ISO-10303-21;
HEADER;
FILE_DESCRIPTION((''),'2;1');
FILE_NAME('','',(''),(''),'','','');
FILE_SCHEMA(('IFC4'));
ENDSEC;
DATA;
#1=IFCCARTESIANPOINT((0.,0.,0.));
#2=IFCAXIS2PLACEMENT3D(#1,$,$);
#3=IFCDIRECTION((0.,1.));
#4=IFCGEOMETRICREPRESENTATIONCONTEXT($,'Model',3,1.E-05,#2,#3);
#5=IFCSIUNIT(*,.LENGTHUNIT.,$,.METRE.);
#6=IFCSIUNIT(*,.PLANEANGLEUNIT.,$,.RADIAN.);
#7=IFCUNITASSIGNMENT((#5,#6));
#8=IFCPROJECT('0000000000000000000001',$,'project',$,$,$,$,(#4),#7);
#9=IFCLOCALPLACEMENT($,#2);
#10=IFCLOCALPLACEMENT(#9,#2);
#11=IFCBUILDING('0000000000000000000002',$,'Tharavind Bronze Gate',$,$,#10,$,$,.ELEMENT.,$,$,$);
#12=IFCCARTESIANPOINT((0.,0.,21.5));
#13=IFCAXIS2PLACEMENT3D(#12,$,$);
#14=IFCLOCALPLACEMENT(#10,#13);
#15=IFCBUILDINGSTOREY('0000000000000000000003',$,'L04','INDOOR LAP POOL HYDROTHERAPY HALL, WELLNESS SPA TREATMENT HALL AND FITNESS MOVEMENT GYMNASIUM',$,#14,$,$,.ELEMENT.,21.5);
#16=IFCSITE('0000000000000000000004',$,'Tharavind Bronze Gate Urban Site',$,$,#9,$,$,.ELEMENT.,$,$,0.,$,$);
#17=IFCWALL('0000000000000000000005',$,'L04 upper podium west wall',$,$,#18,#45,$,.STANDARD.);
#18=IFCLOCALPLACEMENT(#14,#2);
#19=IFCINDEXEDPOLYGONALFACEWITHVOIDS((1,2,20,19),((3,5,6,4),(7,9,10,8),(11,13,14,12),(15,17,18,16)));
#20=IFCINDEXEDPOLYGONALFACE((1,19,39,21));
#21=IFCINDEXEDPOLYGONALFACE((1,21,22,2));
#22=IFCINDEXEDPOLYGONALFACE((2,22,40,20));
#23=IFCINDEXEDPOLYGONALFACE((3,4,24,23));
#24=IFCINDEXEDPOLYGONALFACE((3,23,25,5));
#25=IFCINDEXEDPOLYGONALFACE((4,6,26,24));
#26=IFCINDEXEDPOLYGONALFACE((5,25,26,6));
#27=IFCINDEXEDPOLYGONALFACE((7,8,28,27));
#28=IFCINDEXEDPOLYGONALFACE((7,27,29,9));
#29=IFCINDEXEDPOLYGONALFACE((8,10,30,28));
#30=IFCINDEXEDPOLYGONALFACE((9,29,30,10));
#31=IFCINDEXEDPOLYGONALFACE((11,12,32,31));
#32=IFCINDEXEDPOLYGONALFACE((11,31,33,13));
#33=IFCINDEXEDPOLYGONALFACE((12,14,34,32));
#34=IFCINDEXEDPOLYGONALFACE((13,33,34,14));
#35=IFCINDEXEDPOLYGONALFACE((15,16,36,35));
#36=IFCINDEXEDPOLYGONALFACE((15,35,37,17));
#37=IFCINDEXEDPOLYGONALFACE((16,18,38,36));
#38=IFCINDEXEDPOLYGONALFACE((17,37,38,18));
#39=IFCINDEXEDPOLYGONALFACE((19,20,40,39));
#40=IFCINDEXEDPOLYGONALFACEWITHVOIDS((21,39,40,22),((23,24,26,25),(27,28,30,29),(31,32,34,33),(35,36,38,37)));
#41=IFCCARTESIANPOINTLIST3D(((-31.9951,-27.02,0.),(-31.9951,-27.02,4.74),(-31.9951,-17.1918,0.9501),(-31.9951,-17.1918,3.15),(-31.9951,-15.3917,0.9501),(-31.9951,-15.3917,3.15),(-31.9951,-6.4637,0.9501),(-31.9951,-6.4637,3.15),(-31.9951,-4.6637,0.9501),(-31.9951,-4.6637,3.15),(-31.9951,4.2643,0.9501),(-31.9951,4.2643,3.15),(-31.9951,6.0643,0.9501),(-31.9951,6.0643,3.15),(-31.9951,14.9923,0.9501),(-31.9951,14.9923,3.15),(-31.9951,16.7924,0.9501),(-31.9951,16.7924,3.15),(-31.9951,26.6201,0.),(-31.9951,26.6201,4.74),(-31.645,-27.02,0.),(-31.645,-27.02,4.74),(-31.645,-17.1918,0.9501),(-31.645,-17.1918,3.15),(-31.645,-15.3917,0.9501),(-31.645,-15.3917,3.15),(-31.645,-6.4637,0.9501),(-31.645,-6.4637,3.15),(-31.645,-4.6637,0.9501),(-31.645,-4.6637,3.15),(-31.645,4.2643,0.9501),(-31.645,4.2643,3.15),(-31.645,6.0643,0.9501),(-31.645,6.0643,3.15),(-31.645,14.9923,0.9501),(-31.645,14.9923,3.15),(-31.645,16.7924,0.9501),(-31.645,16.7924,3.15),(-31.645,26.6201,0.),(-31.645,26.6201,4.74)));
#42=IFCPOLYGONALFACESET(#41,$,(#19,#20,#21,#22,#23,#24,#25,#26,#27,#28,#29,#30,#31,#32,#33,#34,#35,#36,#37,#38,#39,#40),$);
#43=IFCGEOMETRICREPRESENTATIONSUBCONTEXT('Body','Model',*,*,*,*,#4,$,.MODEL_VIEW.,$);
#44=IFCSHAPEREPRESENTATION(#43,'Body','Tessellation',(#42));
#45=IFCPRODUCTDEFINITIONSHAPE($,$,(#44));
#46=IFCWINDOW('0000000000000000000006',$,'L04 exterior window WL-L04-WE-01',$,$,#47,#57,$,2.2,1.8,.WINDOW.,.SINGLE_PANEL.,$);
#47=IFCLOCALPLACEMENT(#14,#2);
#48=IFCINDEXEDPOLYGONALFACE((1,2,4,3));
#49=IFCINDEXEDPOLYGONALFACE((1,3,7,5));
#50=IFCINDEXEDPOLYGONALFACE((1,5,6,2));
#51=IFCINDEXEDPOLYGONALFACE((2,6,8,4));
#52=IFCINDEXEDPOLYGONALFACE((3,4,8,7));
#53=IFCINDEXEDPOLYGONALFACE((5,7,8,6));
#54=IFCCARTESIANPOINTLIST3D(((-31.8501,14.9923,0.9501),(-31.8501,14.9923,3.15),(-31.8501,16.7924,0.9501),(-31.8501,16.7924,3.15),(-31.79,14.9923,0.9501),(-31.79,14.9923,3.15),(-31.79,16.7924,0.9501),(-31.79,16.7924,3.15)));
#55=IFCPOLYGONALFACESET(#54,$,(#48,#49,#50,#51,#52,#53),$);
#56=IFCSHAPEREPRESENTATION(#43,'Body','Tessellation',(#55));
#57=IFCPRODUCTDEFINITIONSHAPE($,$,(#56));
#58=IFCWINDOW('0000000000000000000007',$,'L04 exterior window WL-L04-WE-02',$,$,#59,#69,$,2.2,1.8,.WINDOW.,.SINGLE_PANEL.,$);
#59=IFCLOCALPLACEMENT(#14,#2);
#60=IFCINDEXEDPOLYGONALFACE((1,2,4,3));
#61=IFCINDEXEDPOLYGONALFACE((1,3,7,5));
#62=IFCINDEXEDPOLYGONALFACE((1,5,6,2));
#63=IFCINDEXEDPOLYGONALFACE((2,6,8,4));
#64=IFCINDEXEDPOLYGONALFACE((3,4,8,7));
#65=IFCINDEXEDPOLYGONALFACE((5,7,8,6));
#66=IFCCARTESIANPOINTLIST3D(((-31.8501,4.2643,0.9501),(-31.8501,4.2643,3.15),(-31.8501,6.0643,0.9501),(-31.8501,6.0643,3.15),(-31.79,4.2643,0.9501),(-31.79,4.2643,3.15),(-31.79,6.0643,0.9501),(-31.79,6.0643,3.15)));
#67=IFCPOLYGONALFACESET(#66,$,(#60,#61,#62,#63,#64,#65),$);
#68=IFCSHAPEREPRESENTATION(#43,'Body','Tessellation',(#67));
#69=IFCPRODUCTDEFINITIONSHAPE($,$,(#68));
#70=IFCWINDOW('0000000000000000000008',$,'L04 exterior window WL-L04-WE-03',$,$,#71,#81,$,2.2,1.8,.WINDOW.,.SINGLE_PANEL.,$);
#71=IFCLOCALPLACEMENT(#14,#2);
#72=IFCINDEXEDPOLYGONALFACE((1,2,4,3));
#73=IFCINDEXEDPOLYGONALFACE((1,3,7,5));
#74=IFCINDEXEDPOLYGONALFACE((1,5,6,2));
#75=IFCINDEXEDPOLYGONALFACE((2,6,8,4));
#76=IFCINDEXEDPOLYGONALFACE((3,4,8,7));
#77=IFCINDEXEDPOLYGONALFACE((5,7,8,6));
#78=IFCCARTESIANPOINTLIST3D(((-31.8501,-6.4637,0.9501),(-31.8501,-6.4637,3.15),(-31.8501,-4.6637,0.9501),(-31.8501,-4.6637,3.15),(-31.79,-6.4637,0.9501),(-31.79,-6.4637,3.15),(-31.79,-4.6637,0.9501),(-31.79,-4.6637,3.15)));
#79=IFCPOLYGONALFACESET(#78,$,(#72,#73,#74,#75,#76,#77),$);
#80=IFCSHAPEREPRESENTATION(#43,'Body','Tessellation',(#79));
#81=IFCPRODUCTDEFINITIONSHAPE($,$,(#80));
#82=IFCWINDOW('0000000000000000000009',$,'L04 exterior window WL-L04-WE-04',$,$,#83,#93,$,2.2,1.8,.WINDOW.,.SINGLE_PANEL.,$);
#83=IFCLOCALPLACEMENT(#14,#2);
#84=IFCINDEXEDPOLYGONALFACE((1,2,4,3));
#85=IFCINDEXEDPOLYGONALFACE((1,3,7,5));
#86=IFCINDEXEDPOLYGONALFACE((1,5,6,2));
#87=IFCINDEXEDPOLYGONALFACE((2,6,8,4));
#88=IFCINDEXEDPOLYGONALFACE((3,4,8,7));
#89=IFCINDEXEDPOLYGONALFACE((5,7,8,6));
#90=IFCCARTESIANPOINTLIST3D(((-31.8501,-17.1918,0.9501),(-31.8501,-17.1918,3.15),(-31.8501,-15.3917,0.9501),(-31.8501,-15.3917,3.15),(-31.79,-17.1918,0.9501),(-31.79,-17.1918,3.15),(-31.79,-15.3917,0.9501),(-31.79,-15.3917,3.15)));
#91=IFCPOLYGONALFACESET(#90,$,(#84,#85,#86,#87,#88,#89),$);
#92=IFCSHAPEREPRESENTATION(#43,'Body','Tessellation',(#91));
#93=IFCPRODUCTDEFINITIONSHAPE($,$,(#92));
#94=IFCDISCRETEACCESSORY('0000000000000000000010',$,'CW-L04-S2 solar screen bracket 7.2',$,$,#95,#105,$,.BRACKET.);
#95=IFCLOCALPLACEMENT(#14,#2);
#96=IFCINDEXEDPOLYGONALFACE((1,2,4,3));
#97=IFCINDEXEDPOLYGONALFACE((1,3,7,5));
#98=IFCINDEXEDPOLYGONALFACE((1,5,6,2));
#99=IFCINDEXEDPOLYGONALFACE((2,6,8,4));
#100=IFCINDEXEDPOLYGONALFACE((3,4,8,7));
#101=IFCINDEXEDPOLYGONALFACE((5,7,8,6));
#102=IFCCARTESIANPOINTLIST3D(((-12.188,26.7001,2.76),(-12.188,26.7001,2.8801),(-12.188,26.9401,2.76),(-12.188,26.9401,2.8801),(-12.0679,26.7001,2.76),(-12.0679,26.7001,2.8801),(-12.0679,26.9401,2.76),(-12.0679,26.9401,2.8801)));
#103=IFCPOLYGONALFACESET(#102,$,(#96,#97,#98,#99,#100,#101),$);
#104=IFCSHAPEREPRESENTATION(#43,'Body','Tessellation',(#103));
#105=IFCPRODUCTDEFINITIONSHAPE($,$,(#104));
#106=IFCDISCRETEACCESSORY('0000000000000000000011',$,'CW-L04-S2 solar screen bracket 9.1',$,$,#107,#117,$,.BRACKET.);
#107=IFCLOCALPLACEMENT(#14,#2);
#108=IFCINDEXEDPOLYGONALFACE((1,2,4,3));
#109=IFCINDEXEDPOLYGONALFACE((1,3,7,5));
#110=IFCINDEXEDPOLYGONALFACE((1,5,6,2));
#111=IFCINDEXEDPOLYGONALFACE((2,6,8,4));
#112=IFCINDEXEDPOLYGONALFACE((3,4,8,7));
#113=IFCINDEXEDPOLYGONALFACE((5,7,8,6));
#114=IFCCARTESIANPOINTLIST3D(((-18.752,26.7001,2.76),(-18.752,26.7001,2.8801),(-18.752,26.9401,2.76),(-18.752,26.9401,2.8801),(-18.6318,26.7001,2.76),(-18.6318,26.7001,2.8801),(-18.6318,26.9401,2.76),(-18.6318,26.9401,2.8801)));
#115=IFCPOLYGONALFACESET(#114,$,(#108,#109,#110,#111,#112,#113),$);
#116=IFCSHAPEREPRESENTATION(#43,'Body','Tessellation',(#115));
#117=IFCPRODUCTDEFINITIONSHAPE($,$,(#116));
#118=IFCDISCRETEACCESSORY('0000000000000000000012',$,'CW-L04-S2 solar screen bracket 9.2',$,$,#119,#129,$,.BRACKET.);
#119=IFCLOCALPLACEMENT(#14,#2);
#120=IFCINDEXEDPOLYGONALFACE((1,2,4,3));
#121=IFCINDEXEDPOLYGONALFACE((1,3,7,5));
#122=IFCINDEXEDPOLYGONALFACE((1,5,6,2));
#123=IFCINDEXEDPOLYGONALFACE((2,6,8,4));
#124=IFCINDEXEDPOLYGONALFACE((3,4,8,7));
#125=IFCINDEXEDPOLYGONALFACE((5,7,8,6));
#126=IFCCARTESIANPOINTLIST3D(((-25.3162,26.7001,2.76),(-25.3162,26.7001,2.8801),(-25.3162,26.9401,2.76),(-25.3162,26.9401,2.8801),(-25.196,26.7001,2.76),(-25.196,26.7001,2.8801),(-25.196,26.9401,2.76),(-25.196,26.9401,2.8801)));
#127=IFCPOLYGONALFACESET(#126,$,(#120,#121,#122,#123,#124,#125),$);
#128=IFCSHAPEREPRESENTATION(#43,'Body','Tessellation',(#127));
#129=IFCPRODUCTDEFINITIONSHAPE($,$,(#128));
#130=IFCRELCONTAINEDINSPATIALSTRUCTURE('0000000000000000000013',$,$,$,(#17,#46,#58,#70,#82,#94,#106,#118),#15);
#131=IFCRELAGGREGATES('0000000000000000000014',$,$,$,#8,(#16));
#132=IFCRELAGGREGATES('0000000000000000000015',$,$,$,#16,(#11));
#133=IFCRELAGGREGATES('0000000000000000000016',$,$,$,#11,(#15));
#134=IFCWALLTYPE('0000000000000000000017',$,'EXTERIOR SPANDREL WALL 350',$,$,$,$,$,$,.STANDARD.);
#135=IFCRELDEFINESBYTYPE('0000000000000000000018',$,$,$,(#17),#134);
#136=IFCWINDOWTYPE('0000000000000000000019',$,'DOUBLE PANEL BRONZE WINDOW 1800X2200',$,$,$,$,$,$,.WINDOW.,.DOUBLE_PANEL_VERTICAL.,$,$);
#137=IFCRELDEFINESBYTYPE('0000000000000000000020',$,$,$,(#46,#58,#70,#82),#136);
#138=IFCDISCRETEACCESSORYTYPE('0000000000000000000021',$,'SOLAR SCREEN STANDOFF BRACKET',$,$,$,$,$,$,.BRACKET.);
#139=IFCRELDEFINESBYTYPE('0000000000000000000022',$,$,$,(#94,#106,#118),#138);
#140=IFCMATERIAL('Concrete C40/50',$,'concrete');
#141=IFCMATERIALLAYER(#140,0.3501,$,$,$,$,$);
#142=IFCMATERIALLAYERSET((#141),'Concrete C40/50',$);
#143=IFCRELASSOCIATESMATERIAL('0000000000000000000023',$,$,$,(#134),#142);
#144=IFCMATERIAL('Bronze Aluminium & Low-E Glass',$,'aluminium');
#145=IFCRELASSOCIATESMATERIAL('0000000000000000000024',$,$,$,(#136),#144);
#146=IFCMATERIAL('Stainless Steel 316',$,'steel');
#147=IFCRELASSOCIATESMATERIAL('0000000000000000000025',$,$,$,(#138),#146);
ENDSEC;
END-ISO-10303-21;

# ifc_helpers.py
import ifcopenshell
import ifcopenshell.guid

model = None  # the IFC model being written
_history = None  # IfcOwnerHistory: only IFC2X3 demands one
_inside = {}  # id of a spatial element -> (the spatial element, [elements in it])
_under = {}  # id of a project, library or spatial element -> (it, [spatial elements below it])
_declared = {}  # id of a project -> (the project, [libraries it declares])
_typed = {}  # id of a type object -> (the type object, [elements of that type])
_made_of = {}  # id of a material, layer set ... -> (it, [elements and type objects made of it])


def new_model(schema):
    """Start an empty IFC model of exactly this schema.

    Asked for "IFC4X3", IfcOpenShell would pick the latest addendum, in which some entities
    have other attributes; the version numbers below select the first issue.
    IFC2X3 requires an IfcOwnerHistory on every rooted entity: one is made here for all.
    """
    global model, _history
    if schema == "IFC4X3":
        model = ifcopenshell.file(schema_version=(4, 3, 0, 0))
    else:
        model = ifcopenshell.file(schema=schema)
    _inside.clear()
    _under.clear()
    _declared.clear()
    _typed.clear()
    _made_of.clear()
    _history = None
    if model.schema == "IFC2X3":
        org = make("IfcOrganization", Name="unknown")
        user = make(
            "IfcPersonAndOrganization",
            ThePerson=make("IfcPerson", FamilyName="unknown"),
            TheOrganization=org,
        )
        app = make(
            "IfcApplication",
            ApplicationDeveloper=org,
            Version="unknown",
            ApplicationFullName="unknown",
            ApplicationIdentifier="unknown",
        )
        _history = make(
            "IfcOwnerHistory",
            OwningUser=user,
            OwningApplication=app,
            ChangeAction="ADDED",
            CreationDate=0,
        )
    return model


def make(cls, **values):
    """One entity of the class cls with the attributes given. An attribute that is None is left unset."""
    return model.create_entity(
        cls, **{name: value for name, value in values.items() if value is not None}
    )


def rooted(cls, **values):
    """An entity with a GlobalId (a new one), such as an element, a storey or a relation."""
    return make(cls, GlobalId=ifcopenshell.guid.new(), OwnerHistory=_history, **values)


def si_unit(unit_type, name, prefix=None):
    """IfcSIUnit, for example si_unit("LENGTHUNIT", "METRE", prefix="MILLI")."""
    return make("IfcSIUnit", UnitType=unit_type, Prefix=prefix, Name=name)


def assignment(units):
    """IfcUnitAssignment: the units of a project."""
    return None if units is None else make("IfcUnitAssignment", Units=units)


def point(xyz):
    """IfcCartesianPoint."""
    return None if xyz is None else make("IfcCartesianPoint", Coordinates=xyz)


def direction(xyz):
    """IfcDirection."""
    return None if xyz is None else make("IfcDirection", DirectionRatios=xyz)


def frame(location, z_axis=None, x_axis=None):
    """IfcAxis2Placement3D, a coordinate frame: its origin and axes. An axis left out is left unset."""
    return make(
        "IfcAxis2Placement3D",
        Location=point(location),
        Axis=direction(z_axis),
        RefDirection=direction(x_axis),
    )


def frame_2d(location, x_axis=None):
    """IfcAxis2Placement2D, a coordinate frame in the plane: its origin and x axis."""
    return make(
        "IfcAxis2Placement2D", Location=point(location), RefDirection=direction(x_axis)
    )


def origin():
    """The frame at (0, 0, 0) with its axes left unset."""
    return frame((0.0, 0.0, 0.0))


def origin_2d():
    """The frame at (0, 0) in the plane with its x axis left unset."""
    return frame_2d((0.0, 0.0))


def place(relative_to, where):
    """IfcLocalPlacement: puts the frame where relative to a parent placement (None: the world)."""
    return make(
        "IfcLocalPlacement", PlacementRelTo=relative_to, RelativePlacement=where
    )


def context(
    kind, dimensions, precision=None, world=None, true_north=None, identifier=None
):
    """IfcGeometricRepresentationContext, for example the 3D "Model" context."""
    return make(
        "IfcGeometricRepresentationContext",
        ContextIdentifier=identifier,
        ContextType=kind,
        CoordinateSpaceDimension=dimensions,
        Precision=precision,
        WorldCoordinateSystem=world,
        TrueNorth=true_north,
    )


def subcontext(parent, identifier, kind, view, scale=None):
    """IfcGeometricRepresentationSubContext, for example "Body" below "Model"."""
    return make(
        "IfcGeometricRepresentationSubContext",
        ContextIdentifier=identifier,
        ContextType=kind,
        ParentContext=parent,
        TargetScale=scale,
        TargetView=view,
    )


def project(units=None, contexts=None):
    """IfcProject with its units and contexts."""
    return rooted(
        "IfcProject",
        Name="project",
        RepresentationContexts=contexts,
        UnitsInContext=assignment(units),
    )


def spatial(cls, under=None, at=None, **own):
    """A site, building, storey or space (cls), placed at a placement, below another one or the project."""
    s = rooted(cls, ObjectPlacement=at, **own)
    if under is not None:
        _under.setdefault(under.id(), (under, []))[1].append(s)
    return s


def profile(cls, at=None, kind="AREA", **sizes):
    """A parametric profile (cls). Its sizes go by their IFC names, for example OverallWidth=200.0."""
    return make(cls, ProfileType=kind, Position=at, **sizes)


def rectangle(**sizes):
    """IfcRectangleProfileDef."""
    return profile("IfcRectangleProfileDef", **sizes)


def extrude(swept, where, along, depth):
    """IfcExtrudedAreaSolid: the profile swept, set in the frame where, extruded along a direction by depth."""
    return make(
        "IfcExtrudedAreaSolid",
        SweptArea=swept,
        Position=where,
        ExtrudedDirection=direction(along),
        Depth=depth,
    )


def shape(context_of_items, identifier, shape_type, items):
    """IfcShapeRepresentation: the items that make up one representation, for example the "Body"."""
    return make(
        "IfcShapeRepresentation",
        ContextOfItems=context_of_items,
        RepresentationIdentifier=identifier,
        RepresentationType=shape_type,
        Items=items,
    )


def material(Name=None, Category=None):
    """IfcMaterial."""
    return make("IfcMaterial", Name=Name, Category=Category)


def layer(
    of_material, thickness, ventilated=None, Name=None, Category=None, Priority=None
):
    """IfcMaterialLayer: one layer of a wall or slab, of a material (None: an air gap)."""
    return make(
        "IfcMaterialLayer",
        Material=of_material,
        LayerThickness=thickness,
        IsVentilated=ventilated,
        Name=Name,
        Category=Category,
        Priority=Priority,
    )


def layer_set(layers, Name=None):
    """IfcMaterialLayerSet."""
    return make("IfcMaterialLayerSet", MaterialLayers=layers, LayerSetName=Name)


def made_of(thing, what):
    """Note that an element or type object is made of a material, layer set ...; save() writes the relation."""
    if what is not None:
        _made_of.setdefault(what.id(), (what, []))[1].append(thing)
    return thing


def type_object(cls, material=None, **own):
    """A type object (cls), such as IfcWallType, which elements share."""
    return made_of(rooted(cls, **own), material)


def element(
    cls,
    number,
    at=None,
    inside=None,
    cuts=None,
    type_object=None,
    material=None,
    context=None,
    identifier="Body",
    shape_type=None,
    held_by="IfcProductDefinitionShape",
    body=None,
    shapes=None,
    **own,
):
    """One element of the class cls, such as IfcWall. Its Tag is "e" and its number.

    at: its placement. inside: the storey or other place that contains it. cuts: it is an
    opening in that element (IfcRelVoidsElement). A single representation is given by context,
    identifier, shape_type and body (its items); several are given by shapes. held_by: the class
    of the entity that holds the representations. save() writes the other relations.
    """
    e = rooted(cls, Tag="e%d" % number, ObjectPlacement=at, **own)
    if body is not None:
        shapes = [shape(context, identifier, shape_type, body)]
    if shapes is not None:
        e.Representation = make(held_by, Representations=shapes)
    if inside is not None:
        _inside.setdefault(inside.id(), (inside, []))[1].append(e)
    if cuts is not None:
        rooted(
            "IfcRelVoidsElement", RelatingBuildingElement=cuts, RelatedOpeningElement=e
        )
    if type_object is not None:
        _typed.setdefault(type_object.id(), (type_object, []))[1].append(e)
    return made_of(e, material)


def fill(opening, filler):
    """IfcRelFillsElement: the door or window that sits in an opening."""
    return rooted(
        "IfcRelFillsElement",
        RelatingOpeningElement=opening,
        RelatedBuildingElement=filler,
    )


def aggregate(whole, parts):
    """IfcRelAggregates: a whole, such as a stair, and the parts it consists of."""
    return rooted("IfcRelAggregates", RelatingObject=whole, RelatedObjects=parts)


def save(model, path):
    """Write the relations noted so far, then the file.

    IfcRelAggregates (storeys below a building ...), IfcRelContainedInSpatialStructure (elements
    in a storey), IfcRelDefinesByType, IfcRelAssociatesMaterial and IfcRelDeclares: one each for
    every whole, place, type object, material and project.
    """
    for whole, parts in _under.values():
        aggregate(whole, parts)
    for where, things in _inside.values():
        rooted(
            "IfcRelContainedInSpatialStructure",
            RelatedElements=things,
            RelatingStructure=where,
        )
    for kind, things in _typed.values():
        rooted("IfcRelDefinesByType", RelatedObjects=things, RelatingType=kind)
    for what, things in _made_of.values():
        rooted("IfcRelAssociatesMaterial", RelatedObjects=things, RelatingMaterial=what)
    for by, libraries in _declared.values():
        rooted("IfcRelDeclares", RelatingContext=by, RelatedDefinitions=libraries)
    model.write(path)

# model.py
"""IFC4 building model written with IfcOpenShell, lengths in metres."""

from ifc_helpers import new_model, si_unit, direction, frame, frame_2d, origin, origin_2d, place, context, subcontext, project, spatial, rectangle, extrude, material, layer, layer_set, type_object, element, fill, save


model = new_model("IFC4")

# Units and contexts
model_context = context("Model", 3, precision=1e-05, world=origin(), true_north=direction((0.0, 1.0)))
body_context = subcontext(model_context, "Body", "Model", "MODEL_VIEW")
ifc_project = project(units=[si_unit("LENGTHUNIT", "METRE"), si_unit("PLANEANGLEUNIT", "RADIAN")], contexts=[model_context])

# Site, building, storey
site_placement = place(None, origin())
site = spatial("IfcSite", under=ifc_project, at=site_placement, Name="Tharavind Bronze Gate Urban Site", CompositionType="ELEMENT", RefElevation=0.0)
building_placement = place(site_placement, origin())
building = spatial("IfcBuilding", under=site, at=building_placement, Name="Tharavind Bronze Gate", CompositionType="ELEMENT")
storey_placement = place(building_placement, frame((0.0, 0.0, 21.5)))
storey = spatial("IfcBuildingStorey", under=building, at=storey_placement, Name="L04", Description="INDOOR LAP POOL HYDROTHERAPY HALL, WELLNESS SPA TREATMENT HALL AND FITNESS MOVEMENT GYMNASIUM", CompositionType="ELEMENT", Elevation=21.5)

# Wall, openings, windows
ifc_material_1 = material(Name="Concrete C40/50", Category="concrete")
ifc_layer_1 = layer(ifc_material_1, 0.3501)
ifc_layer_set_1 = layer_set([ifc_layer_1], Name="Concrete C40/50")
wall_type = type_object("IfcWallType", Name="EXTERIOR SPANDREL WALL 350", PredefinedType="STANDARD", material=ifc_layer_set_1)
wall_placement = place(storey_placement, frame((-31.8201, 26.6201, 0.0), z_axis=(0.0, 0.0, 1.0), x_axis=(0.0, -1.0, 0.0)))
wall = element("IfcWall", 1, at=wall_placement, inside=storey, type_object=wall_type, Name="L04 upper podium west wall", PredefinedType="STANDARD", context=body_context, shape_type="SweptSolid", body=[
    extrude(rectangle(XDim=53.6401, YDim=0.3501, at=frame_2d((26.8201, 0.0))), origin(), (0.0, 0.0, 1.0), 4.74),
])
opening_1_placement = place(wall_placement, frame((9.8279, 0.0, 0.95)))
opening_1 = element("IfcOpeningElement", 2, at=opening_1_placement, cuts=wall, PredefinedType="OPENING", context=body_context, shape_type="SweptSolid", body=[
    extrude(rectangle(XDim=1.8, YDim=2.2, at=frame_2d((0.8999, 1.1001))), frame((0.0, 0.185, 0.0), z_axis=(0.0, -1.0, 0.0), x_axis=(1.0, 0.0, 0.0)), (0.0, 0.0, 1.0), 0.3701),
])
opening_2_placement = place(wall_placement, frame((20.5559, 0.0, 0.95)))
opening_2 = element("IfcOpeningElement", 3, at=opening_2_placement, cuts=wall, PredefinedType="OPENING", context=body_context, shape_type="SweptSolid", body=[
    extrude(rectangle(XDim=1.8, YDim=2.2, at=frame_2d((0.8999, 1.1001))), frame((0.0, 0.185, 0.0), z_axis=(0.0, -1.0, 0.0), x_axis=(1.0, 0.0, 0.0)), (0.0, 0.0, 1.0), 0.3701),
])
opening_3_placement = place(wall_placement, frame((31.2839, 0.0, 0.95)))
opening_3 = element("IfcOpeningElement", 4, at=opening_3_placement, cuts=wall, PredefinedType="OPENING", context=body_context, shape_type="SweptSolid", body=[
    extrude(rectangle(XDim=1.8, YDim=2.2, at=frame_2d((0.8999, 1.1001))), frame((0.0, 0.185, 0.0), z_axis=(0.0, -1.0, 0.0), x_axis=(1.0, 0.0, 0.0)), (0.0, 0.0, 1.0), 0.3701),
])
opening_4_placement = place(wall_placement, frame((42.012, 0.0, 0.95)))
opening_4 = element("IfcOpeningElement", 5, at=opening_4_placement, cuts=wall, PredefinedType="OPENING", context=body_context, shape_type="SweptSolid", body=[
    extrude(rectangle(XDim=1.8, YDim=2.2, at=frame_2d((0.8999, 1.1001))), frame((0.0, 0.185, 0.0), z_axis=(0.0, -1.0, 0.0), x_axis=(1.0, 0.0, 0.0)), (0.0, 0.0, 1.0), 0.3701),
])
ifc_material_2 = material(Name="Bronze Aluminium & Low-E Glass", Category="aluminium")
window_type = type_object("IfcWindowType", Name="DOUBLE PANEL BRONZE WINDOW 1800X2200", PartitioningType="DOUBLE_PANEL_VERTICAL", PredefinedType="WINDOW", material=ifc_material_2)
window_1_placement = place(opening_1_placement, origin())
window_1 = element("IfcWindow", 6, at=window_1_placement, inside=storey, type_object=window_type, Name="L04 exterior window WL-L04-WE-01", OverallHeight=2.2, OverallWidth=1.8, PartitioningType="SINGLE_PANEL", PredefinedType="WINDOW", context=body_context, shape_type="SweptSolid", body=[
    extrude(rectangle(XDim=1.8, YDim=2.2, at=frame_2d((0.8999, 1.1001))), frame((0.0, 0.03, 0.0), z_axis=(0.0, -1.0, 0.0), x_axis=(1.0, 0.0, 0.0)), (0.0, 0.0, 1.0), 0.0601),
])
fill(opening_1, window_1)
window_2_placement = place(opening_2_placement, origin())
window_2 = element("IfcWindow", 7, at=window_2_placement, inside=storey, type_object=window_type, Name="L04 exterior window WL-L04-WE-02", OverallHeight=2.2, OverallWidth=1.8, PartitioningType="SINGLE_PANEL", PredefinedType="WINDOW", context=body_context, shape_type="SweptSolid", body=[
    extrude(rectangle(XDim=1.8, YDim=2.2, at=frame_2d((0.8999, 1.1001))), frame((0.0, 0.03, 0.0), z_axis=(0.0, -1.0, 0.0), x_axis=(1.0, 0.0, 0.0)), (0.0, 0.0, 1.0), 0.0601),
])
fill(opening_2, window_2)
window_3_placement = place(opening_3_placement, origin())
window_3 = element("IfcWindow", 8, at=window_3_placement, inside=storey, type_object=window_type, Name="L04 exterior window WL-L04-WE-03", OverallHeight=2.2, OverallWidth=1.8, PartitioningType="SINGLE_PANEL", PredefinedType="WINDOW", context=body_context, shape_type="SweptSolid", body=[
    extrude(rectangle(XDim=1.8, YDim=2.2, at=frame_2d((0.8999, 1.1001))), frame((0.0, 0.03, 0.0), z_axis=(0.0, -1.0, 0.0), x_axis=(1.0, 0.0, 0.0)), (0.0, 0.0, 1.0), 0.0601),
])
fill(opening_3, window_3)
window_4_placement = place(opening_4_placement, origin())
window_4 = element("IfcWindow", 9, at=window_4_placement, inside=storey, type_object=window_type, Name="L04 exterior window WL-L04-WE-04", OverallHeight=2.2, OverallWidth=1.8, PartitioningType="SINGLE_PANEL", PredefinedType="WINDOW", context=body_context, shape_type="SweptSolid", body=[
    extrude(rectangle(XDim=1.8, YDim=2.2, at=frame_2d((0.8999, 1.1001))), frame((0.0, 0.03, 0.0), z_axis=(0.0, -1.0, 0.0), x_axis=(1.0, 0.0, 0.0)), (0.0, 0.0, 1.0), 0.0601),
])
fill(opening_4, window_4)

# Discrete accessories
ifc_material_3 = material(Name="Stainless Steel 316", Category="steel")
discrete_accessory_type = type_object("IfcDiscreteAccessoryType", Name="SOLAR SCREEN STANDOFF BRACKET", PredefinedType="BRACKET", material=ifc_material_3)
for number, where, z_axis, x_axis, name in (
    (10, (-12.1279, 26.8201, 2.76), (0.0, 0.0, 1.0), (-1.0, 0.0, 0.0), "CW-L04-S2 solar screen bracket 7.2"),
    (11, (-18.6919, 26.8201, 2.76), (0.0, 0.0, 1.0), (-1.0, 0.0, 0.0), "CW-L04-S2 solar screen bracket 9.1"),
    (12, (-25.2561, 26.8201, 2.76), (0.0, 0.0, 1.0), (-1.0, 0.0, 0.0), "CW-L04-S2 solar screen bracket 9.2"),
):
    element("IfcDiscreteAccessory", number, at=place(storey_placement, frame(where, z_axis=z_axis, x_axis=x_axis)), inside=storey, type_object=discrete_accessory_type, Name=name, PredefinedType="BRACKET", context=body_context, shape_type="SweptSolid", body=[
        extrude(rectangle(XDim=0.1201, YDim=0.24, at=origin_2d()), origin(), (0.0, 0.0, 1.0), 0.1201),
    ])

save(model, "model.ifc")
